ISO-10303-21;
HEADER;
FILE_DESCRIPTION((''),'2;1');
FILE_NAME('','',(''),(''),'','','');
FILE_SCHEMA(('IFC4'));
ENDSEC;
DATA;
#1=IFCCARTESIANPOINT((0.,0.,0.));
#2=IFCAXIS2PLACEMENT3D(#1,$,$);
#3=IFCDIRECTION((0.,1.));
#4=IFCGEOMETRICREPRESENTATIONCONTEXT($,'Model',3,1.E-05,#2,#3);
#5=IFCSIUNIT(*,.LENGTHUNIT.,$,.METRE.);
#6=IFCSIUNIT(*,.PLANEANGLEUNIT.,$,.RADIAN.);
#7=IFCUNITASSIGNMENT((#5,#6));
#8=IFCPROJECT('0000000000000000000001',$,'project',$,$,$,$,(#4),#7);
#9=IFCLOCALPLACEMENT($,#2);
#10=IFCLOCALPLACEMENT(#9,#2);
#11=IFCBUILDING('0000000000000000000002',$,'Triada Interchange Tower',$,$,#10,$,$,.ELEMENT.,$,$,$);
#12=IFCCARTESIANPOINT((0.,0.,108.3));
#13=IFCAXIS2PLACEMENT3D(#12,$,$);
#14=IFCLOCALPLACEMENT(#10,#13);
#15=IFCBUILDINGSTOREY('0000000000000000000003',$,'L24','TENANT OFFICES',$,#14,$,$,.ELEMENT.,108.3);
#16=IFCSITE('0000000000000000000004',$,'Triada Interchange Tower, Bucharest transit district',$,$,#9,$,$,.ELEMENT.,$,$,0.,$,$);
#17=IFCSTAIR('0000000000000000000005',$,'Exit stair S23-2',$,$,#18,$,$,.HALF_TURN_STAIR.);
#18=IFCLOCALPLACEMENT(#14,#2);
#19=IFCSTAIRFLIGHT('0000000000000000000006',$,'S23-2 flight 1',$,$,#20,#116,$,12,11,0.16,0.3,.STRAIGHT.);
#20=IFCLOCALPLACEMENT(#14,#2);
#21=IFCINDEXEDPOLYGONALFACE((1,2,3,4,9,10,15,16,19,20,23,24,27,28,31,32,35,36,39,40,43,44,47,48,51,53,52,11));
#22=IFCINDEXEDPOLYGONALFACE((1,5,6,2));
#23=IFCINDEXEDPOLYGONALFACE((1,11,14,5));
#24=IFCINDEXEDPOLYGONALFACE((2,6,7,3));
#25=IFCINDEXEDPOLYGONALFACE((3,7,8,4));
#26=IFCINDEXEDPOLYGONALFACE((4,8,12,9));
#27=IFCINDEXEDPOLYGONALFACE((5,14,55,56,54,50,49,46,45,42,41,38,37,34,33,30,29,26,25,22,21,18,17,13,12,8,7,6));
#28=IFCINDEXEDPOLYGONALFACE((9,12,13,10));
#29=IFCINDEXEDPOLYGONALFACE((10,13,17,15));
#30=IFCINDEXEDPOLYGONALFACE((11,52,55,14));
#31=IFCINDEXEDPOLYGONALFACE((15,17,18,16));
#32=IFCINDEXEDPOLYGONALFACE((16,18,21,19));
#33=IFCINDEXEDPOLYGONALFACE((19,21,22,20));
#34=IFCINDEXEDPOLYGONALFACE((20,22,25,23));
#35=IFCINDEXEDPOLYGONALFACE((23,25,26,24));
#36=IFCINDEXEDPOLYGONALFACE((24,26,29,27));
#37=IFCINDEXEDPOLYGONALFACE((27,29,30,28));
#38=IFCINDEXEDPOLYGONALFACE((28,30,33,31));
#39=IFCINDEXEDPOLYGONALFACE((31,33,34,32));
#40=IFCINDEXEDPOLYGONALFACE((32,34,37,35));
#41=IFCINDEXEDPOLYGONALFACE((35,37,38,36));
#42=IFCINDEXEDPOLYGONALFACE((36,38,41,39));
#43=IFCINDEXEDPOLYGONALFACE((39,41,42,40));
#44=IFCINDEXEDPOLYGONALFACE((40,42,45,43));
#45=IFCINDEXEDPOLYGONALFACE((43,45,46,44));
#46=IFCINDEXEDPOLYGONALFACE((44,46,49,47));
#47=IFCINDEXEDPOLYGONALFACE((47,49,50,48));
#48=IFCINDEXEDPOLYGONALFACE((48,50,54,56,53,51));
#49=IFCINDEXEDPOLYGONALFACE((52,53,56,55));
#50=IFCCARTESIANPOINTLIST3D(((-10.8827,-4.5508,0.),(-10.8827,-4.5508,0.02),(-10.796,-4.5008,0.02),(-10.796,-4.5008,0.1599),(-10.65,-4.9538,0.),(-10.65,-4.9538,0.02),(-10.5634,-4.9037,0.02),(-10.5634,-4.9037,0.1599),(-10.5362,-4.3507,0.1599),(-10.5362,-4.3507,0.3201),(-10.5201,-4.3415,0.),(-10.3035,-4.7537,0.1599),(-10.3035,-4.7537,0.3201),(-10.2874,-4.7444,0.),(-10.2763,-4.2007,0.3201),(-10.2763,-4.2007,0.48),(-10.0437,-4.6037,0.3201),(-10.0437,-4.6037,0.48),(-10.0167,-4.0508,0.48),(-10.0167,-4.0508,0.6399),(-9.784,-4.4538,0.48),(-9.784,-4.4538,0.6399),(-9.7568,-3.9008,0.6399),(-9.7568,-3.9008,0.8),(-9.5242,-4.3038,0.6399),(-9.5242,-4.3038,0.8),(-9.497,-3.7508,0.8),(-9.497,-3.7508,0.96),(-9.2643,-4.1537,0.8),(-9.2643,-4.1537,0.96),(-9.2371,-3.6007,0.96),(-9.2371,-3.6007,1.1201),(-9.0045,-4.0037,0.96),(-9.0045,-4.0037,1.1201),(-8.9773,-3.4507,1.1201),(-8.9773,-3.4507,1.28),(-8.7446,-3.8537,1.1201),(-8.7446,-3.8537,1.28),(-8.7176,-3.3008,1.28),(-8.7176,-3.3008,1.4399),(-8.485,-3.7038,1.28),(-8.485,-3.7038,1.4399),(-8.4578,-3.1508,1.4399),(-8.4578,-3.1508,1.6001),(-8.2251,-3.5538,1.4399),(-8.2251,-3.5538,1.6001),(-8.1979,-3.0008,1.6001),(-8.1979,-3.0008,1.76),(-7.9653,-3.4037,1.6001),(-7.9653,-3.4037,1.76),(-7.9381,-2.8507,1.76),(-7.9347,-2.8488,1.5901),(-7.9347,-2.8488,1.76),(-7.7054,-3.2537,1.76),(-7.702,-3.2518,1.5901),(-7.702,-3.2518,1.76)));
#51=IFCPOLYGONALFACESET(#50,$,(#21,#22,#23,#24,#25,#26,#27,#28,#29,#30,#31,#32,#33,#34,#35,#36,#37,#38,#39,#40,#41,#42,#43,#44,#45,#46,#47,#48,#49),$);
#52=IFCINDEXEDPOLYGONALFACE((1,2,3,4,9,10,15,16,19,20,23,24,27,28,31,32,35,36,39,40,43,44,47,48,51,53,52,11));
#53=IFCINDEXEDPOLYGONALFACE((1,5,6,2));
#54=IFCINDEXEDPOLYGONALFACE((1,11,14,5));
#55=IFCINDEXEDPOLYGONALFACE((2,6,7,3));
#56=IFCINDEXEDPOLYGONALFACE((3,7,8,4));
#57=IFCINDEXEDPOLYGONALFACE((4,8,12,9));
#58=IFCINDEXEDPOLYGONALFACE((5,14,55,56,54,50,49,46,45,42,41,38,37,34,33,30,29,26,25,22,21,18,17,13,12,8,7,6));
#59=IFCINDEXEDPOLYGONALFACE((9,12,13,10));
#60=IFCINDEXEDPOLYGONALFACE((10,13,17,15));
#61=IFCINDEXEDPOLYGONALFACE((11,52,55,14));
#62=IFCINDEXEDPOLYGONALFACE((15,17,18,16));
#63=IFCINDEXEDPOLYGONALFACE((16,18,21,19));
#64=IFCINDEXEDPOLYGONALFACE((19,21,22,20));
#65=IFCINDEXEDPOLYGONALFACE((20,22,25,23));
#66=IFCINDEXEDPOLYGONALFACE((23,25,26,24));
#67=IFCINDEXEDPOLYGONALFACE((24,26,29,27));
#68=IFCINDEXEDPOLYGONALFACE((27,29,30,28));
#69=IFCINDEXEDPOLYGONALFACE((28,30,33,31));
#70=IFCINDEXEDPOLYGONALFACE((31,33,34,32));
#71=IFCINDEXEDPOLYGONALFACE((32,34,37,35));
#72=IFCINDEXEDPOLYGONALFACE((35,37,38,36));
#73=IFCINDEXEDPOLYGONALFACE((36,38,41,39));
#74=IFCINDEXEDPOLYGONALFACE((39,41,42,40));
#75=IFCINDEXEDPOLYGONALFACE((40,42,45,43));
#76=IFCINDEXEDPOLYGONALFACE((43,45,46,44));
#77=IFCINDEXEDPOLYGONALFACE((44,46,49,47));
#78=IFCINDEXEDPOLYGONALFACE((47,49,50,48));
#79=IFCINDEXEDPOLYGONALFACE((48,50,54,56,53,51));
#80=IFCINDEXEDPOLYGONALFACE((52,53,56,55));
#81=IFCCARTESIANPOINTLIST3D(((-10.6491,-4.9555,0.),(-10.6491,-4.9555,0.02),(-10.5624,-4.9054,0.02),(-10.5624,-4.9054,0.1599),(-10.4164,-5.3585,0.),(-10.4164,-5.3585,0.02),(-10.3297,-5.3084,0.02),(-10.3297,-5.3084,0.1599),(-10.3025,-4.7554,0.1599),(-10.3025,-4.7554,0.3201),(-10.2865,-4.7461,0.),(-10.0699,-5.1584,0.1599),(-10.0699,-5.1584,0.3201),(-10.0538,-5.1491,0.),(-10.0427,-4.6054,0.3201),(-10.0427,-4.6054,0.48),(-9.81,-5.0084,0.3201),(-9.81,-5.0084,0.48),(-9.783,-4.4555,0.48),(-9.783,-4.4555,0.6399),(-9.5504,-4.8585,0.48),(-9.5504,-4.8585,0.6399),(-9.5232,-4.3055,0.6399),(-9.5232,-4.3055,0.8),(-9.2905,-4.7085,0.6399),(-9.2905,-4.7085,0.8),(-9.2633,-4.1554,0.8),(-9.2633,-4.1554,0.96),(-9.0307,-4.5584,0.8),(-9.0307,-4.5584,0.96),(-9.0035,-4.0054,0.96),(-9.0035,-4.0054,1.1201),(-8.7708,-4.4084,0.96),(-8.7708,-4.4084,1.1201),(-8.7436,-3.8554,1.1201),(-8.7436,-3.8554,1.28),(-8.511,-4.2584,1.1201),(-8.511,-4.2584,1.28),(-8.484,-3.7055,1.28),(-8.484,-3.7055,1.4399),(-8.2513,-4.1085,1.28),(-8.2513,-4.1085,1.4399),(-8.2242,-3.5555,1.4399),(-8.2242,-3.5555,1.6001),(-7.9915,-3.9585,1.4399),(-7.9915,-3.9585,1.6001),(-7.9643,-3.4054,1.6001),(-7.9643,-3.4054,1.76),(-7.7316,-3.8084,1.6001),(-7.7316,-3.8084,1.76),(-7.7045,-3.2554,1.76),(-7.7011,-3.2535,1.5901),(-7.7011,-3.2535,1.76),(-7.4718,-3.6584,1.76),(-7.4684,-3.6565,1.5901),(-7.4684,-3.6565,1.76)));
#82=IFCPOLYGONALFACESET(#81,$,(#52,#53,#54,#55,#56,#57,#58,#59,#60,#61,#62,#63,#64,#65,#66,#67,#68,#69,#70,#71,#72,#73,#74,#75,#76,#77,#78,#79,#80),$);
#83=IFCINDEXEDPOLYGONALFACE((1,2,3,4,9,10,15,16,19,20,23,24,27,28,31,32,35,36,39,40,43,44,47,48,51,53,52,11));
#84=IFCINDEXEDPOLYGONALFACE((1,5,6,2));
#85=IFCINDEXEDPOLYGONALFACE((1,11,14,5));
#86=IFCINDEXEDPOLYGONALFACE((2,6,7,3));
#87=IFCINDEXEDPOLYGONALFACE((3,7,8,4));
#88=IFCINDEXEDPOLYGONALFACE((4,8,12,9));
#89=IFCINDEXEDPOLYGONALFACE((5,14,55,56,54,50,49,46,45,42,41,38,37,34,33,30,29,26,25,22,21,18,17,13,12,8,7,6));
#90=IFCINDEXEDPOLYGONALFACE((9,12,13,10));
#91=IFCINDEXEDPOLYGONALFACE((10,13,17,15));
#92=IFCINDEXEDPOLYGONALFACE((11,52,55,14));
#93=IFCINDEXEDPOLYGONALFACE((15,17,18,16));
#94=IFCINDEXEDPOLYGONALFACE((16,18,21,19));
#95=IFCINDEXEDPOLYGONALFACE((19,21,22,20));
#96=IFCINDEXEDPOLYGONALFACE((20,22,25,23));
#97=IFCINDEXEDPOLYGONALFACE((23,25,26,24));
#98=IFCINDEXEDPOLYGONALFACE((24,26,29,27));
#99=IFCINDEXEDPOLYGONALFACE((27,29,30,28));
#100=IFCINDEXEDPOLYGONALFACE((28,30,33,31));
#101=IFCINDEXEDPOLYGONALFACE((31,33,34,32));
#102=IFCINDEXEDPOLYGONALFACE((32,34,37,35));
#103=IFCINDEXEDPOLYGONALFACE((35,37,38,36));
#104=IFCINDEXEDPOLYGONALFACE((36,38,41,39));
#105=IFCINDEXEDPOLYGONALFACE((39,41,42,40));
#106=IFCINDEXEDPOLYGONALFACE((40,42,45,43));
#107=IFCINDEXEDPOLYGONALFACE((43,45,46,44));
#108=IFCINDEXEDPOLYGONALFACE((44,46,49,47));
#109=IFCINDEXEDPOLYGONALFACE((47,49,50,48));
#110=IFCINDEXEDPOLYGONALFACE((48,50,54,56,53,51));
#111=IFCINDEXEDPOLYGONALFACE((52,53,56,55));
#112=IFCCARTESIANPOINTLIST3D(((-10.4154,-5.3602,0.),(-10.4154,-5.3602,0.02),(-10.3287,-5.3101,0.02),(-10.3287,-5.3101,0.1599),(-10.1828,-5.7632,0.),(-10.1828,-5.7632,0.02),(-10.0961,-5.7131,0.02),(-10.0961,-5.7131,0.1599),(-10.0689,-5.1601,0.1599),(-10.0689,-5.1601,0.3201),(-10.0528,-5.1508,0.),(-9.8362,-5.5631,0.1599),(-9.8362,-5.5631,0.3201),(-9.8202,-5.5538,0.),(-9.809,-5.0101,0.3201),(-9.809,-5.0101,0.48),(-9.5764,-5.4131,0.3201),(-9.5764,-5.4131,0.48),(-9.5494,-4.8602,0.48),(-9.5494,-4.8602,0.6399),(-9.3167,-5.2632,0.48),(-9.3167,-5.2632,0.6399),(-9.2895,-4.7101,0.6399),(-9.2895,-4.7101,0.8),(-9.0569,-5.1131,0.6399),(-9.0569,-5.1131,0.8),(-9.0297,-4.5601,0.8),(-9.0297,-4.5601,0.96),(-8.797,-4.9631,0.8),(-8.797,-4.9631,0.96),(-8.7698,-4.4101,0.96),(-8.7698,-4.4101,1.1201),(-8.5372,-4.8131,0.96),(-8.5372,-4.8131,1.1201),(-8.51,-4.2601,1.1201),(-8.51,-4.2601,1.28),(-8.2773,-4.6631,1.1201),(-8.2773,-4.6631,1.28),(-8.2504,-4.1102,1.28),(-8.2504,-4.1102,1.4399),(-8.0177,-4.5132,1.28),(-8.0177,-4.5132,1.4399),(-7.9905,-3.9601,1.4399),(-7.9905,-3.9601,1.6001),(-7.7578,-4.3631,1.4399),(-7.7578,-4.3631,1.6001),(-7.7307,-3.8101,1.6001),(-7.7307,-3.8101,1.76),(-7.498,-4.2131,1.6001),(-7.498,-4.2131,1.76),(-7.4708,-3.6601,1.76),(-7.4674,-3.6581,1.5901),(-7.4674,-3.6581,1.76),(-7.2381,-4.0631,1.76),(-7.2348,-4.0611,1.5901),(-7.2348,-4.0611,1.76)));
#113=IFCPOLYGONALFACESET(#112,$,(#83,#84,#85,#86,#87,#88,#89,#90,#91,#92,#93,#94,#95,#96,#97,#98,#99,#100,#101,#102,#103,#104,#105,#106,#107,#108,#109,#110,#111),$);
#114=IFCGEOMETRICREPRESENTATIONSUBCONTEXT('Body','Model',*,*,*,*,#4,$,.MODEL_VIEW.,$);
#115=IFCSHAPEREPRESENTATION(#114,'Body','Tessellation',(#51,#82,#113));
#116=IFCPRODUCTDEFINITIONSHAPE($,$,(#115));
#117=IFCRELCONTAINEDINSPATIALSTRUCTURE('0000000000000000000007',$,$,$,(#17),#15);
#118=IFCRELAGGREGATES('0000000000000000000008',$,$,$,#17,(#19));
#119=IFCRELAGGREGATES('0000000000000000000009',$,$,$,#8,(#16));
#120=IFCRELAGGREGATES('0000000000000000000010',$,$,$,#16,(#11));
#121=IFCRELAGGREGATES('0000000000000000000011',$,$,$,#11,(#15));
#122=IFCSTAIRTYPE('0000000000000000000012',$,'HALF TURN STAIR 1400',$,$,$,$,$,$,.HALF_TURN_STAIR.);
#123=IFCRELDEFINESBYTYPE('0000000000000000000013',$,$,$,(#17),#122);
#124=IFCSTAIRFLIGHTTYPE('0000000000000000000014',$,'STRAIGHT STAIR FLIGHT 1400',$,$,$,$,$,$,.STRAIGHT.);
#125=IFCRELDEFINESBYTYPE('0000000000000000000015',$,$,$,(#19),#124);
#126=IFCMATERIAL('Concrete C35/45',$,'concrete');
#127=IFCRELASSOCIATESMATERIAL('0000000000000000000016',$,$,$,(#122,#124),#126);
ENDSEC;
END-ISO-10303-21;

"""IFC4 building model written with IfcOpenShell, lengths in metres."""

from ifc_helpers import new_model, si_unit, direction, frame, origin, place, context, subcontext, project, spatial, polyline, outline, extrude, material, type_object, element, aggregate, save


model = new_model("IFC4")

# Units and contexts
model_context = context("Model", 3, precision=1e-05, world=origin(), true_north=direction((0.0, 1.0)))
body_context = subcontext(model_context, "Body", "Model", "MODEL_VIEW")
ifc_project = project(units=[si_unit("LENGTHUNIT", "METRE"), si_unit("PLANEANGLEUNIT", "RADIAN")], contexts=[model_context])

# Site, building, storey
site_placement = place(None, origin())
site = spatial("IfcSite", under=ifc_project, at=site_placement, Name="Triada Interchange Tower, Bucharest transit district", CompositionType="ELEMENT", RefElevation=0.0)
building_placement = place(site_placement, origin())
building = spatial("IfcBuilding", under=site, at=building_placement, Name="Triada Interchange Tower", CompositionType="ELEMENT")
storey_placement = place(building_placement, frame((0.0, 0.0, 108.3)))
storey = spatial("IfcBuildingStorey", under=building, at=storey_placement, Name="L24", Description="TENANT OFFICES", CompositionType="ELEMENT", Elevation=108.3)

# Stair, stair flight
ifc_material_1 = material(Name="Concrete C35/45", Category="concrete")
stair_type = type_object("IfcStairType", Name="HALF TURN STAIR 1400", PredefinedType="HALF_TURN_STAIR", material=ifc_material_1)
stair_placement = place(storey_placement, origin())
stair = element("IfcStair", 1, at=stair_placement, inside=storey, type_object=stair_type, Name="Exit stair S23-2", PredefinedType="HALF_TURN_STAIR")
stair_flight_type = type_object("IfcStairFlightType", Name="STRAIGHT STAIR FLIGHT 1400", PredefinedType="STRAIGHT", material=ifc_material_1)
stair_flight_1_placement = place(storey_placement, frame((-10.446, -5.1069, 0.0), z_axis=(0.0, 0.0, 1.0), x_axis=(0.866025, 0.5, 0.0)))
stair_flight_1 = element("IfcStairFlight", 2, at=stair_flight_1_placement, type_object=stair_flight_type, Name="S23-2 flight 1", NumberOfRisers=12, NumberOfTreads=11, PredefinedType="STRAIGHT", RiserHeight=0.16, TreadLength=0.3, context=body_context, shape_type="SweptSolid", body=[
    extrude(outline(polyline([(-0.1001, 0.0), (-0.1001, 0.02), (0.0, 0.02), (0.0, 0.1599), (0.3, 0.1599), (0.3, 0.3201), (0.6001, 0.3201), (0.6001, 0.48), (0.8999, 0.48), (0.8999, 0.6399), (1.2, 0.6399), (1.2, 0.8), (1.5, 0.8), (1.5, 0.96), (1.8, 0.96), (1.8, 1.1201), (2.1001, 1.1201), (2.1001, 1.28), (2.3999, 1.28), (2.3999, 1.4399), (2.7, 1.4399), (2.7, 1.6001), (3.0, 1.6001), (3.0, 1.76), (3.3, 1.76), (3.304, 1.76), (3.304, 1.9199), (3.304, 1.5901), (0.3186, 0.0), (-0.1001, 0.0)])), frame((0.0, 0.7, 0.0), z_axis=(0.0, -1.0, 0.0), x_axis=(1.0, 0.0, 0.0)), (0.0, 0.0, 1.0), 0.4653),
    extrude(outline(polyline([(-0.1001, 0.0), (-0.1001, 0.02), (0.0, 0.02), (0.0, 0.1599), (0.3, 0.1599), (0.3, 0.3201), (0.6001, 0.3201), (0.6001, 0.48), (0.8999, 0.48), (0.8999, 0.6399), (1.2, 0.6399), (1.2, 0.8), (1.5, 0.8), (1.5, 0.96), (1.8, 0.96), (1.8, 1.1201), (2.1001, 1.1201), (2.1001, 1.28), (2.3999, 1.28), (2.3999, 1.4399), (2.7, 1.4399), (2.7, 1.6001), (3.0, 1.6001), (3.0, 1.76), (3.3, 1.76), (3.304, 1.76), (3.304, 1.9199), (3.304, 1.5901), (0.3186, 0.0), (-0.1001, 0.0)])), frame((0.0, 0.2327, 0.0), z_axis=(0.0, -1.0, 0.0), x_axis=(1.0, 0.0, 0.0)), (0.0, 0.0, 1.0), 0.4653),
    extrude(outline(polyline([(-0.1001, 0.0), (-0.1001, 0.02), (0.0, 0.02), (0.0, 0.1599), (0.3, 0.1599), (0.3, 0.3201), (0.6001, 0.3201), (0.6001, 0.48), (0.8999, 0.48), (0.8999, 0.6399), (1.2, 0.6399), (1.2, 0.8), (1.5, 0.8), (1.5, 0.96), (1.8, 0.96), (1.8, 1.1201), (2.1001, 1.1201), (2.1001, 1.28), (2.3999, 1.28), (2.3999, 1.4399), (2.7, 1.4399), (2.7, 1.6001), (3.0, 1.6001), (3.0, 1.76), (3.3, 1.76), (3.304, 1.76), (3.304, 1.9199), (3.304, 1.5901), (0.3186, 0.0), (-0.1001, 0.0)])), frame((0.0, -0.2346, 0.0), z_axis=(0.0, -1.0, 0.0), x_axis=(1.0, 0.0, 0.0)), (0.0, 0.0, 1.0), 0.4653),
])
aggregate(stair, [stair_flight_1])

save(model, "model.ifc")
